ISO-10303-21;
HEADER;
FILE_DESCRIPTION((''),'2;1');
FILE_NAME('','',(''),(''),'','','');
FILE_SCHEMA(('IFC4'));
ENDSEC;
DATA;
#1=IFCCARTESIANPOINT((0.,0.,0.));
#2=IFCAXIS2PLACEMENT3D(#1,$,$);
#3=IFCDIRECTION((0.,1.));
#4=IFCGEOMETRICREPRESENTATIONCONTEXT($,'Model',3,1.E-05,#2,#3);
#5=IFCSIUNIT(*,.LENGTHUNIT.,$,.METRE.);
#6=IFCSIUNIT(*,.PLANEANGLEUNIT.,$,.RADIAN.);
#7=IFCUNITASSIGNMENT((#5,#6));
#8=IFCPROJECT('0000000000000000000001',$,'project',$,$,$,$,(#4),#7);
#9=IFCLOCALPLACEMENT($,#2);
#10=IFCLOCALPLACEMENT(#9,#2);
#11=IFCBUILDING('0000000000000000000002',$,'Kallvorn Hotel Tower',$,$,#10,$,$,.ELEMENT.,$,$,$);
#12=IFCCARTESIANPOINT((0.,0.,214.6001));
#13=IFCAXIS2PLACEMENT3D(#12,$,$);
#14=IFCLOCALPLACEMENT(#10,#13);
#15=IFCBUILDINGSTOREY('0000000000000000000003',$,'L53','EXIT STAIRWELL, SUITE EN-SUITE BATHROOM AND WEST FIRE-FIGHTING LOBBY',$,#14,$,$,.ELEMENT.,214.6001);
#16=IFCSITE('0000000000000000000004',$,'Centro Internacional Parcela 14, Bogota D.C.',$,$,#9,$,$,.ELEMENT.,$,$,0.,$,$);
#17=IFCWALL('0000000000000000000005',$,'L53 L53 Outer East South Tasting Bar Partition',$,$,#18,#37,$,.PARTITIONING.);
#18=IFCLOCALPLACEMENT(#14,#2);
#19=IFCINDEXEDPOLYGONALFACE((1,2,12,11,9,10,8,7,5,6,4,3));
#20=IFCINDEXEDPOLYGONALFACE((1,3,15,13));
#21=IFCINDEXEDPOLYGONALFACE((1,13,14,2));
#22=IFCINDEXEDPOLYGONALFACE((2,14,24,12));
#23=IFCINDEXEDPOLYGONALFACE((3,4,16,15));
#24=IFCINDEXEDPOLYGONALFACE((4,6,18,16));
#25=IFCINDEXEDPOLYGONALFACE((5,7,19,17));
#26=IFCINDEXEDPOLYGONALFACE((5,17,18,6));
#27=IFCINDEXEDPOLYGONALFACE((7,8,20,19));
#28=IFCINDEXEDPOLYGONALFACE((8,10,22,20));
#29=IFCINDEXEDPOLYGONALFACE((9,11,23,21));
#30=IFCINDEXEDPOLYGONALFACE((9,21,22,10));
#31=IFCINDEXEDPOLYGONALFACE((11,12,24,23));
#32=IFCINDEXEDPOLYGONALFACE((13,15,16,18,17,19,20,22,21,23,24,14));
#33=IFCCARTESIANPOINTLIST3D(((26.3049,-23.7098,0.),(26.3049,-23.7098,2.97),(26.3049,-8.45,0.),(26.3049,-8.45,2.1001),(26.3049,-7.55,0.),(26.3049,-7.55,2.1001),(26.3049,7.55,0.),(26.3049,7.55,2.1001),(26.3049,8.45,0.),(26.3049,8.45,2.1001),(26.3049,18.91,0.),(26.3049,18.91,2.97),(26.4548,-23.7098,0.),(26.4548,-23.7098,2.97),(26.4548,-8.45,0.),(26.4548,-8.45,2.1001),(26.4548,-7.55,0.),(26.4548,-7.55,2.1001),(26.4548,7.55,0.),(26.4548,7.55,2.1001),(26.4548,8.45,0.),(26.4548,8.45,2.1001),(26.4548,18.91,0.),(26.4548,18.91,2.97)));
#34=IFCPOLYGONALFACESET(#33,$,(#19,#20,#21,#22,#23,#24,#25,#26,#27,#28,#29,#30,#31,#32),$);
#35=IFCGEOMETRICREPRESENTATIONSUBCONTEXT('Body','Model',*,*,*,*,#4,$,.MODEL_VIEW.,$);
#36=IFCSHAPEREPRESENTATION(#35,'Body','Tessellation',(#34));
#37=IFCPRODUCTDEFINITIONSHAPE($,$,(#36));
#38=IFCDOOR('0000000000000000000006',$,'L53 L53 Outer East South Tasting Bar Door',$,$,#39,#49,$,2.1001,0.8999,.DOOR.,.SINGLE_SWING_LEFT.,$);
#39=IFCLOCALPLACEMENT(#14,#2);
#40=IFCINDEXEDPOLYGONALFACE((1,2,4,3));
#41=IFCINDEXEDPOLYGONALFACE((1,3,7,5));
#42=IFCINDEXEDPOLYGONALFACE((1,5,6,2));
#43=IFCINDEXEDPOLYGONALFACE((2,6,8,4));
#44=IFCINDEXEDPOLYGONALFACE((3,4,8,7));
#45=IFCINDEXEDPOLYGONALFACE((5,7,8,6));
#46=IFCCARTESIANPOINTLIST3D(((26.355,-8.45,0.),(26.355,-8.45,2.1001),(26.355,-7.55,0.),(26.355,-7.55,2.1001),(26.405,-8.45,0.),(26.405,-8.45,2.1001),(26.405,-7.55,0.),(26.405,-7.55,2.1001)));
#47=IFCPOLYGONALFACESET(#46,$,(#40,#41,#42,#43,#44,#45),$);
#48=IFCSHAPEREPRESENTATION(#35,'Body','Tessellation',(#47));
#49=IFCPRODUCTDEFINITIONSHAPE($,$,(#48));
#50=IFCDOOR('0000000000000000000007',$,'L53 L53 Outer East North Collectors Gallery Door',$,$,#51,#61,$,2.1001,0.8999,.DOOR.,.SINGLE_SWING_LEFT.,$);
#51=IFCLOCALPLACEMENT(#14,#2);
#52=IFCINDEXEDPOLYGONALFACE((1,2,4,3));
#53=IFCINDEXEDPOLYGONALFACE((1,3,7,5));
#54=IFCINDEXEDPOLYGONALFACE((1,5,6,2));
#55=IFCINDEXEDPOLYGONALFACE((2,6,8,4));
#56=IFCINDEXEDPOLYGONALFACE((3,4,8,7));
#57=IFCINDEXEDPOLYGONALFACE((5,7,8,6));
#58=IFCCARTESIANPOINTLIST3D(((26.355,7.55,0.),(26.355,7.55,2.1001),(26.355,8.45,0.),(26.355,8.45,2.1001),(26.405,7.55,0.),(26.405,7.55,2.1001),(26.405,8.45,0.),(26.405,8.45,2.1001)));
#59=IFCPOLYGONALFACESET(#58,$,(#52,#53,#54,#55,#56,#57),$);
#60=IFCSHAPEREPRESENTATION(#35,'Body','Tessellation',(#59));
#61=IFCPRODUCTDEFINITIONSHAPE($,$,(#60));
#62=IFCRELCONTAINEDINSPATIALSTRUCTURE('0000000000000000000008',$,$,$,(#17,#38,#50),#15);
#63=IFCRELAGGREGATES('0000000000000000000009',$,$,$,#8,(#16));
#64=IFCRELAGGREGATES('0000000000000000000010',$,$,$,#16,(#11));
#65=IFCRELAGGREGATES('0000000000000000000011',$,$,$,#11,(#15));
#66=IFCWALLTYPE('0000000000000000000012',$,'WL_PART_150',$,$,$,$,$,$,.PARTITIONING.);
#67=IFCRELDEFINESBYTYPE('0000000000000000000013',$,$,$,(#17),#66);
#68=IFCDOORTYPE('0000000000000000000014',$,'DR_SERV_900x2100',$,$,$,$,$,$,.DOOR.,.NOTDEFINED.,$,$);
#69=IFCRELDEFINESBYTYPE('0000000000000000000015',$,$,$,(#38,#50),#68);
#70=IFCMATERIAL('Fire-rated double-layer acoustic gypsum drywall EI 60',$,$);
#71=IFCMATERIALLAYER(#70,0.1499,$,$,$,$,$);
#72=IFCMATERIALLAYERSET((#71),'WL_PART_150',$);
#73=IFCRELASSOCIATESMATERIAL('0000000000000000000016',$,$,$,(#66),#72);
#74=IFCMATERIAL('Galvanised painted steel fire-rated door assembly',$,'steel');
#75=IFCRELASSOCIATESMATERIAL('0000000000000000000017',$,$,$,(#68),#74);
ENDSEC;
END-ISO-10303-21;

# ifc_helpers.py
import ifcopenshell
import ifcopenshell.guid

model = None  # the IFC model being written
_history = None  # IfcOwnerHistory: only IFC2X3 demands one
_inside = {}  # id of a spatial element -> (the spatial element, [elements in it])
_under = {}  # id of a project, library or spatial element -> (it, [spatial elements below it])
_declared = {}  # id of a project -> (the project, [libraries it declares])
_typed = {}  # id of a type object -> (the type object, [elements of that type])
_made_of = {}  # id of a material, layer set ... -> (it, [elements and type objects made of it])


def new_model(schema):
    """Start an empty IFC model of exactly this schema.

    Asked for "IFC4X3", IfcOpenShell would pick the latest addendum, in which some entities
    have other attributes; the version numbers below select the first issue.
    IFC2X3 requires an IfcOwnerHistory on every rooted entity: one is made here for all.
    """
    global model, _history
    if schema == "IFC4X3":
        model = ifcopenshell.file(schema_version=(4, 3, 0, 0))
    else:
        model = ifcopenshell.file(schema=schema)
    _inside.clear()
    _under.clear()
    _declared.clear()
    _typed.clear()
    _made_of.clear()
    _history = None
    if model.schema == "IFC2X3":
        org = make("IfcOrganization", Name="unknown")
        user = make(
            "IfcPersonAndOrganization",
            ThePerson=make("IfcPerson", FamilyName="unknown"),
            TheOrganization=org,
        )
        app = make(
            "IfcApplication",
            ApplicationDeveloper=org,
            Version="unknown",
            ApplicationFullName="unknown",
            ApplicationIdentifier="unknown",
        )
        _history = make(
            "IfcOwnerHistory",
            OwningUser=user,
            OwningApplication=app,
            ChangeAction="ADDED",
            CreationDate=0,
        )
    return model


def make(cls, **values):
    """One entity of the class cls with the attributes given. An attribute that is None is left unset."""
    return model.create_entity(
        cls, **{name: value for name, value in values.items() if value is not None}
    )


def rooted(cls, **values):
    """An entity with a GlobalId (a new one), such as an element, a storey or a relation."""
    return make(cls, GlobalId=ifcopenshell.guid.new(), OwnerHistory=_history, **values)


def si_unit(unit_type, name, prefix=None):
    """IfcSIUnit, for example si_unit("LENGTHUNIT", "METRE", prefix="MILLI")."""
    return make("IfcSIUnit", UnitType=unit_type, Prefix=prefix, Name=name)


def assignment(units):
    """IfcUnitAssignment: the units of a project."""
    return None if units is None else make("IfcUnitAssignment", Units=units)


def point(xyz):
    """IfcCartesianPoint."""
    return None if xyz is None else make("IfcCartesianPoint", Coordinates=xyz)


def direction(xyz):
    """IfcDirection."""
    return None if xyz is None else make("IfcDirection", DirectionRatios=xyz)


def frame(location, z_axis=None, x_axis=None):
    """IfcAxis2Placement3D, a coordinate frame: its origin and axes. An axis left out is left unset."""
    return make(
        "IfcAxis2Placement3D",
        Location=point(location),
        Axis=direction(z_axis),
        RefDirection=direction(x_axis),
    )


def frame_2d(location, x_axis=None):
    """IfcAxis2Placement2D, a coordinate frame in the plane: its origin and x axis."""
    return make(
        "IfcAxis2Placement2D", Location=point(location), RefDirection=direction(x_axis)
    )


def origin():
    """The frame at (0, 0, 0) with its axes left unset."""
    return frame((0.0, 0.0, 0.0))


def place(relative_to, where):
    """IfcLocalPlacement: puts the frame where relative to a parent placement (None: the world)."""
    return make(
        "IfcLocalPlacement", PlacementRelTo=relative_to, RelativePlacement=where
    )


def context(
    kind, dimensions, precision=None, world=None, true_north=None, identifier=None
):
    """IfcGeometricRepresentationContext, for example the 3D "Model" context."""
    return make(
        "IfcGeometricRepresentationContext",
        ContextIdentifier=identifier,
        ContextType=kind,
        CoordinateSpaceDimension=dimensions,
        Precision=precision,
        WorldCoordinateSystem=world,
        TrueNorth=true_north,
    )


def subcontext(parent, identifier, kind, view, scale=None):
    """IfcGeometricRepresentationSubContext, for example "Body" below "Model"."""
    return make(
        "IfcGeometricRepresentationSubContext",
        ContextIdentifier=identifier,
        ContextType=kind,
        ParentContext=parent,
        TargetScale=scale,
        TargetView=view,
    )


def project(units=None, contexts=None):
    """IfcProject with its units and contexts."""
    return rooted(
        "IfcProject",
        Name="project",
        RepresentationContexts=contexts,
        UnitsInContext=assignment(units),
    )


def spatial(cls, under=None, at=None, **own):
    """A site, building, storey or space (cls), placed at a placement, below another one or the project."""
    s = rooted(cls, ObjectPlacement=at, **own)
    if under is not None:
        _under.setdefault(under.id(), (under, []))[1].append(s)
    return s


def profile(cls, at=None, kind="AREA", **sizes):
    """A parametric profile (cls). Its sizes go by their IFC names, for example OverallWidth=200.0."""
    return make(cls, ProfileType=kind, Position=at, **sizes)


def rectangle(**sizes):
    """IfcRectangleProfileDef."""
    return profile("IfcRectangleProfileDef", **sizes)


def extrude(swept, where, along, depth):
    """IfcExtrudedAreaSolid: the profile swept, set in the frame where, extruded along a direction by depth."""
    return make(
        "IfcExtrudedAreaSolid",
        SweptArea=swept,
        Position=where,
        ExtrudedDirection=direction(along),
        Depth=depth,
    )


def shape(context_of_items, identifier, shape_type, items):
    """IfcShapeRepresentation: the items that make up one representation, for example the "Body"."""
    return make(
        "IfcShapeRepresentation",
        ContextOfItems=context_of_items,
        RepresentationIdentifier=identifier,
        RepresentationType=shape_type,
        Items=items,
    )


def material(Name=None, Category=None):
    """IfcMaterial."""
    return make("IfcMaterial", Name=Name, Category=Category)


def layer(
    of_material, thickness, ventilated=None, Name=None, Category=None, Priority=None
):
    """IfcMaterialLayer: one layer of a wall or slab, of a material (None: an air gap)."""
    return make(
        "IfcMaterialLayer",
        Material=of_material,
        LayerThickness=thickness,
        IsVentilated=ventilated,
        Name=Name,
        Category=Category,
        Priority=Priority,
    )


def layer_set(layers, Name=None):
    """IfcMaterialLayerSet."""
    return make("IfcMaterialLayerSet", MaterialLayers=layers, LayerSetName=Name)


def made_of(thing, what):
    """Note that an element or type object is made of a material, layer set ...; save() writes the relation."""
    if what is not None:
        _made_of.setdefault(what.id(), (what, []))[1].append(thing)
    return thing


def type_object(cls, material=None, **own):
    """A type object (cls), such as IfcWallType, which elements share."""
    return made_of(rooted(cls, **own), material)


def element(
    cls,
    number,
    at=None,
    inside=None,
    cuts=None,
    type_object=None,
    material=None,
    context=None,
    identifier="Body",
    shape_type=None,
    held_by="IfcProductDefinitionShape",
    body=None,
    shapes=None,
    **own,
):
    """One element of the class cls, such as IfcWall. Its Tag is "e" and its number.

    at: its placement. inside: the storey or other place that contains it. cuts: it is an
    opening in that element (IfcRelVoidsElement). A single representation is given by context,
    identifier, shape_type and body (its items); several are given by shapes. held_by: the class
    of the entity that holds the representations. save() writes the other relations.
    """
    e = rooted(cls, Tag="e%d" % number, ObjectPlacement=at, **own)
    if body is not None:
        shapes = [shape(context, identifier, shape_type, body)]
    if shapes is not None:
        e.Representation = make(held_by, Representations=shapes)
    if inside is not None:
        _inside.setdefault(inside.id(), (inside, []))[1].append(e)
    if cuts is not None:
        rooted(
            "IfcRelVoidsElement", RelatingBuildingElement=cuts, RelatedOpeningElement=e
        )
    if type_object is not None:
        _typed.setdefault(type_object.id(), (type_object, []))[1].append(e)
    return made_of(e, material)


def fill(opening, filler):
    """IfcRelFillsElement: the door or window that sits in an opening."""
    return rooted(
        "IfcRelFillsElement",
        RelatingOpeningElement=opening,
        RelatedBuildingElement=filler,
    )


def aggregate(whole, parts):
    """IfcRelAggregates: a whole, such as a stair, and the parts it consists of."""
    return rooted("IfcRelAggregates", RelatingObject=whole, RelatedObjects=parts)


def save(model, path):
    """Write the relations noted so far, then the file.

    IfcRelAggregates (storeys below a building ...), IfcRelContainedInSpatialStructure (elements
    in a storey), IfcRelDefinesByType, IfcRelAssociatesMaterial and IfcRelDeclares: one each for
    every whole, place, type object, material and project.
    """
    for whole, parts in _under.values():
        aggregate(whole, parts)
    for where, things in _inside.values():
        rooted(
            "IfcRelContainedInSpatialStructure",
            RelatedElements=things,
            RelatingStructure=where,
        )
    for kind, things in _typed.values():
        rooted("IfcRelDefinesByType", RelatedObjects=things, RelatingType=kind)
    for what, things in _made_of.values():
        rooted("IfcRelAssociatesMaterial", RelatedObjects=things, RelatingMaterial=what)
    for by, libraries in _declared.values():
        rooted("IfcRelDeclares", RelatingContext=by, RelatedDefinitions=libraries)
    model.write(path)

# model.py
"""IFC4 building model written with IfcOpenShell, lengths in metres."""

from ifc_helpers import new_model, si_unit, direction, frame, frame_2d, origin, place, context, subcontext, project, spatial, rectangle, extrude, material, layer, layer_set, type_object, element, fill, save


model = new_model("IFC4")

# Units and contexts
model_context = context("Model", 3, precision=1e-05, world=origin(), true_north=direction((0.0, 1.0)))
body_context = subcontext(model_context, "Body", "Model", "MODEL_VIEW")
ifc_project = project(units=[si_unit("LENGTHUNIT", "METRE"), si_unit("PLANEANGLEUNIT", "RADIAN")], contexts=[model_context])

# Site, building, storey
site_placement = place(None, origin())
site = spatial("IfcSite", under=ifc_project, at=site_placement, Name="Centro Internacional Parcela 14, Bogota D.C.", CompositionType="ELEMENT", RefElevation=0.0)
building_placement = place(site_placement, origin())
building = spatial("IfcBuilding", under=site, at=building_placement, Name="Kallvorn Hotel Tower", CompositionType="ELEMENT")
storey_placement = place(building_placement, frame((0.0, 0.0, 214.6001)))
storey = spatial("IfcBuildingStorey", under=building, at=storey_placement, Name="L53", Description="EXIT STAIRWELL, SUITE EN-SUITE BATHROOM AND WEST FIRE-FIGHTING LOBBY", CompositionType="ELEMENT", Elevation=214.6001)

# Shared definitions
ifc_material_1 = material(Name="Fire-rated double-layer acoustic gypsum drywall EI 60")
ifc_layer_1 = layer(ifc_material_1, 0.1499)
ifc_layer_set_1 = layer_set([ifc_layer_1], Name="WL_PART_150")
wall_type_1 = type_object("IfcWallType", Name="WL_PART_150", PredefinedType="PARTITIONING", material=ifc_layer_set_1)

# Wall, openings, doors
wall_1_placement = place(storey_placement, frame((26.3799, -23.71, 0.0), z_axis=(0.0, 0.0, 1.0), x_axis=(0.0, 1.0, 0.0)))
wall_1 = element("IfcWall", 1, at=wall_1_placement, inside=storey, type_object=wall_type_1, Name="L53 L53 Outer East South Tasting Bar Partition", PredefinedType="PARTITIONING", context=body_context, shape_type="SweptSolid", body=[
    extrude(rectangle(XDim=42.6199, YDim=0.1499, at=frame_2d((21.3101, 0.0))), origin(), (0.0, 0.0, 1.0), 2.97),
])
opening_1_placement = place(wall_1_placement, frame((15.26, 0.0, 0.0)))
opening_1 = element("IfcOpeningElement", 2, at=opening_1_placement, cuts=wall_1, PredefinedType="OPENING", context=body_context, shape_type="SweptSolid", body=[
    extrude(rectangle(XDim=0.8999, YDim=2.1001, at=frame_2d((0.45, 1.05))), frame((0.0, 0.0898, 0.0), z_axis=(0.0, -1.0, 0.0), x_axis=(1.0, 0.0, 0.0)), (0.0, 0.0, 1.0), 0.1799),
])
opening_2_placement = place(wall_1_placement, frame((31.26, 0.0, 0.0)))
opening_2 = element("IfcOpeningElement", 3, at=opening_2_placement, cuts=wall_1, PredefinedType="OPENING", context=body_context, shape_type="SweptSolid", body=[
    extrude(rectangle(XDim=0.8999, YDim=2.1001, at=frame_2d((0.45, 1.05))), frame((0.0, 0.0898, 0.0), z_axis=(0.0, -1.0, 0.0), x_axis=(1.0, 0.0, 0.0)), (0.0, 0.0, 1.0), 0.1799),
])
ifc_material_2 = material(Name="Galvanised painted steel fire-rated door assembly", Category="steel")
door_type = type_object("IfcDoorType", Name="DR_SERV_900x2100", OperationType="NOTDEFINED", PredefinedType="DOOR", material=ifc_material_2)
door_1_placement = place(opening_1_placement, origin())
door_1 = element("IfcDoor", 4, at=door_1_placement, inside=storey, type_object=door_type, Name="L53 L53 Outer East South Tasting Bar Door", OperationType="SINGLE_SWING_LEFT", OverallHeight=2.1001, OverallWidth=0.8999, PredefinedType="DOOR", context=body_context, shape_type="SweptSolid", body=[
    extrude(rectangle(XDim=0.8999, YDim=2.1001, at=frame_2d((0.45, 1.05))), frame((0.0, 0.0249, 0.0), z_axis=(0.0, -1.0, 0.0), x_axis=(1.0, 0.0, 0.0)), (0.0, 0.0, 1.0), 0.05),
])
fill(opening_1, door_1)
door_2_placement = place(opening_2_placement, origin())
door_2 = element("IfcDoor", 5, at=door_2_placement, inside=storey, type_object=door_type, Name="L53 L53 Outer East North Collectors Gallery Door", OperationType="SINGLE_SWING_LEFT", OverallHeight=2.1001, OverallWidth=0.8999, PredefinedType="DOOR", context=body_context, shape_type="SweptSolid", body=[
    extrude(rectangle(XDim=0.8999, YDim=2.1001, at=frame_2d((0.45, 1.05))), frame((0.0, 0.0249, 0.0), z_axis=(0.0, -1.0, 0.0), x_axis=(1.0, 0.0, 0.0)), (0.0, 0.0, 1.0), 0.05),
])
fill(opening_2, door_2)

save(model, "model.ifc")
